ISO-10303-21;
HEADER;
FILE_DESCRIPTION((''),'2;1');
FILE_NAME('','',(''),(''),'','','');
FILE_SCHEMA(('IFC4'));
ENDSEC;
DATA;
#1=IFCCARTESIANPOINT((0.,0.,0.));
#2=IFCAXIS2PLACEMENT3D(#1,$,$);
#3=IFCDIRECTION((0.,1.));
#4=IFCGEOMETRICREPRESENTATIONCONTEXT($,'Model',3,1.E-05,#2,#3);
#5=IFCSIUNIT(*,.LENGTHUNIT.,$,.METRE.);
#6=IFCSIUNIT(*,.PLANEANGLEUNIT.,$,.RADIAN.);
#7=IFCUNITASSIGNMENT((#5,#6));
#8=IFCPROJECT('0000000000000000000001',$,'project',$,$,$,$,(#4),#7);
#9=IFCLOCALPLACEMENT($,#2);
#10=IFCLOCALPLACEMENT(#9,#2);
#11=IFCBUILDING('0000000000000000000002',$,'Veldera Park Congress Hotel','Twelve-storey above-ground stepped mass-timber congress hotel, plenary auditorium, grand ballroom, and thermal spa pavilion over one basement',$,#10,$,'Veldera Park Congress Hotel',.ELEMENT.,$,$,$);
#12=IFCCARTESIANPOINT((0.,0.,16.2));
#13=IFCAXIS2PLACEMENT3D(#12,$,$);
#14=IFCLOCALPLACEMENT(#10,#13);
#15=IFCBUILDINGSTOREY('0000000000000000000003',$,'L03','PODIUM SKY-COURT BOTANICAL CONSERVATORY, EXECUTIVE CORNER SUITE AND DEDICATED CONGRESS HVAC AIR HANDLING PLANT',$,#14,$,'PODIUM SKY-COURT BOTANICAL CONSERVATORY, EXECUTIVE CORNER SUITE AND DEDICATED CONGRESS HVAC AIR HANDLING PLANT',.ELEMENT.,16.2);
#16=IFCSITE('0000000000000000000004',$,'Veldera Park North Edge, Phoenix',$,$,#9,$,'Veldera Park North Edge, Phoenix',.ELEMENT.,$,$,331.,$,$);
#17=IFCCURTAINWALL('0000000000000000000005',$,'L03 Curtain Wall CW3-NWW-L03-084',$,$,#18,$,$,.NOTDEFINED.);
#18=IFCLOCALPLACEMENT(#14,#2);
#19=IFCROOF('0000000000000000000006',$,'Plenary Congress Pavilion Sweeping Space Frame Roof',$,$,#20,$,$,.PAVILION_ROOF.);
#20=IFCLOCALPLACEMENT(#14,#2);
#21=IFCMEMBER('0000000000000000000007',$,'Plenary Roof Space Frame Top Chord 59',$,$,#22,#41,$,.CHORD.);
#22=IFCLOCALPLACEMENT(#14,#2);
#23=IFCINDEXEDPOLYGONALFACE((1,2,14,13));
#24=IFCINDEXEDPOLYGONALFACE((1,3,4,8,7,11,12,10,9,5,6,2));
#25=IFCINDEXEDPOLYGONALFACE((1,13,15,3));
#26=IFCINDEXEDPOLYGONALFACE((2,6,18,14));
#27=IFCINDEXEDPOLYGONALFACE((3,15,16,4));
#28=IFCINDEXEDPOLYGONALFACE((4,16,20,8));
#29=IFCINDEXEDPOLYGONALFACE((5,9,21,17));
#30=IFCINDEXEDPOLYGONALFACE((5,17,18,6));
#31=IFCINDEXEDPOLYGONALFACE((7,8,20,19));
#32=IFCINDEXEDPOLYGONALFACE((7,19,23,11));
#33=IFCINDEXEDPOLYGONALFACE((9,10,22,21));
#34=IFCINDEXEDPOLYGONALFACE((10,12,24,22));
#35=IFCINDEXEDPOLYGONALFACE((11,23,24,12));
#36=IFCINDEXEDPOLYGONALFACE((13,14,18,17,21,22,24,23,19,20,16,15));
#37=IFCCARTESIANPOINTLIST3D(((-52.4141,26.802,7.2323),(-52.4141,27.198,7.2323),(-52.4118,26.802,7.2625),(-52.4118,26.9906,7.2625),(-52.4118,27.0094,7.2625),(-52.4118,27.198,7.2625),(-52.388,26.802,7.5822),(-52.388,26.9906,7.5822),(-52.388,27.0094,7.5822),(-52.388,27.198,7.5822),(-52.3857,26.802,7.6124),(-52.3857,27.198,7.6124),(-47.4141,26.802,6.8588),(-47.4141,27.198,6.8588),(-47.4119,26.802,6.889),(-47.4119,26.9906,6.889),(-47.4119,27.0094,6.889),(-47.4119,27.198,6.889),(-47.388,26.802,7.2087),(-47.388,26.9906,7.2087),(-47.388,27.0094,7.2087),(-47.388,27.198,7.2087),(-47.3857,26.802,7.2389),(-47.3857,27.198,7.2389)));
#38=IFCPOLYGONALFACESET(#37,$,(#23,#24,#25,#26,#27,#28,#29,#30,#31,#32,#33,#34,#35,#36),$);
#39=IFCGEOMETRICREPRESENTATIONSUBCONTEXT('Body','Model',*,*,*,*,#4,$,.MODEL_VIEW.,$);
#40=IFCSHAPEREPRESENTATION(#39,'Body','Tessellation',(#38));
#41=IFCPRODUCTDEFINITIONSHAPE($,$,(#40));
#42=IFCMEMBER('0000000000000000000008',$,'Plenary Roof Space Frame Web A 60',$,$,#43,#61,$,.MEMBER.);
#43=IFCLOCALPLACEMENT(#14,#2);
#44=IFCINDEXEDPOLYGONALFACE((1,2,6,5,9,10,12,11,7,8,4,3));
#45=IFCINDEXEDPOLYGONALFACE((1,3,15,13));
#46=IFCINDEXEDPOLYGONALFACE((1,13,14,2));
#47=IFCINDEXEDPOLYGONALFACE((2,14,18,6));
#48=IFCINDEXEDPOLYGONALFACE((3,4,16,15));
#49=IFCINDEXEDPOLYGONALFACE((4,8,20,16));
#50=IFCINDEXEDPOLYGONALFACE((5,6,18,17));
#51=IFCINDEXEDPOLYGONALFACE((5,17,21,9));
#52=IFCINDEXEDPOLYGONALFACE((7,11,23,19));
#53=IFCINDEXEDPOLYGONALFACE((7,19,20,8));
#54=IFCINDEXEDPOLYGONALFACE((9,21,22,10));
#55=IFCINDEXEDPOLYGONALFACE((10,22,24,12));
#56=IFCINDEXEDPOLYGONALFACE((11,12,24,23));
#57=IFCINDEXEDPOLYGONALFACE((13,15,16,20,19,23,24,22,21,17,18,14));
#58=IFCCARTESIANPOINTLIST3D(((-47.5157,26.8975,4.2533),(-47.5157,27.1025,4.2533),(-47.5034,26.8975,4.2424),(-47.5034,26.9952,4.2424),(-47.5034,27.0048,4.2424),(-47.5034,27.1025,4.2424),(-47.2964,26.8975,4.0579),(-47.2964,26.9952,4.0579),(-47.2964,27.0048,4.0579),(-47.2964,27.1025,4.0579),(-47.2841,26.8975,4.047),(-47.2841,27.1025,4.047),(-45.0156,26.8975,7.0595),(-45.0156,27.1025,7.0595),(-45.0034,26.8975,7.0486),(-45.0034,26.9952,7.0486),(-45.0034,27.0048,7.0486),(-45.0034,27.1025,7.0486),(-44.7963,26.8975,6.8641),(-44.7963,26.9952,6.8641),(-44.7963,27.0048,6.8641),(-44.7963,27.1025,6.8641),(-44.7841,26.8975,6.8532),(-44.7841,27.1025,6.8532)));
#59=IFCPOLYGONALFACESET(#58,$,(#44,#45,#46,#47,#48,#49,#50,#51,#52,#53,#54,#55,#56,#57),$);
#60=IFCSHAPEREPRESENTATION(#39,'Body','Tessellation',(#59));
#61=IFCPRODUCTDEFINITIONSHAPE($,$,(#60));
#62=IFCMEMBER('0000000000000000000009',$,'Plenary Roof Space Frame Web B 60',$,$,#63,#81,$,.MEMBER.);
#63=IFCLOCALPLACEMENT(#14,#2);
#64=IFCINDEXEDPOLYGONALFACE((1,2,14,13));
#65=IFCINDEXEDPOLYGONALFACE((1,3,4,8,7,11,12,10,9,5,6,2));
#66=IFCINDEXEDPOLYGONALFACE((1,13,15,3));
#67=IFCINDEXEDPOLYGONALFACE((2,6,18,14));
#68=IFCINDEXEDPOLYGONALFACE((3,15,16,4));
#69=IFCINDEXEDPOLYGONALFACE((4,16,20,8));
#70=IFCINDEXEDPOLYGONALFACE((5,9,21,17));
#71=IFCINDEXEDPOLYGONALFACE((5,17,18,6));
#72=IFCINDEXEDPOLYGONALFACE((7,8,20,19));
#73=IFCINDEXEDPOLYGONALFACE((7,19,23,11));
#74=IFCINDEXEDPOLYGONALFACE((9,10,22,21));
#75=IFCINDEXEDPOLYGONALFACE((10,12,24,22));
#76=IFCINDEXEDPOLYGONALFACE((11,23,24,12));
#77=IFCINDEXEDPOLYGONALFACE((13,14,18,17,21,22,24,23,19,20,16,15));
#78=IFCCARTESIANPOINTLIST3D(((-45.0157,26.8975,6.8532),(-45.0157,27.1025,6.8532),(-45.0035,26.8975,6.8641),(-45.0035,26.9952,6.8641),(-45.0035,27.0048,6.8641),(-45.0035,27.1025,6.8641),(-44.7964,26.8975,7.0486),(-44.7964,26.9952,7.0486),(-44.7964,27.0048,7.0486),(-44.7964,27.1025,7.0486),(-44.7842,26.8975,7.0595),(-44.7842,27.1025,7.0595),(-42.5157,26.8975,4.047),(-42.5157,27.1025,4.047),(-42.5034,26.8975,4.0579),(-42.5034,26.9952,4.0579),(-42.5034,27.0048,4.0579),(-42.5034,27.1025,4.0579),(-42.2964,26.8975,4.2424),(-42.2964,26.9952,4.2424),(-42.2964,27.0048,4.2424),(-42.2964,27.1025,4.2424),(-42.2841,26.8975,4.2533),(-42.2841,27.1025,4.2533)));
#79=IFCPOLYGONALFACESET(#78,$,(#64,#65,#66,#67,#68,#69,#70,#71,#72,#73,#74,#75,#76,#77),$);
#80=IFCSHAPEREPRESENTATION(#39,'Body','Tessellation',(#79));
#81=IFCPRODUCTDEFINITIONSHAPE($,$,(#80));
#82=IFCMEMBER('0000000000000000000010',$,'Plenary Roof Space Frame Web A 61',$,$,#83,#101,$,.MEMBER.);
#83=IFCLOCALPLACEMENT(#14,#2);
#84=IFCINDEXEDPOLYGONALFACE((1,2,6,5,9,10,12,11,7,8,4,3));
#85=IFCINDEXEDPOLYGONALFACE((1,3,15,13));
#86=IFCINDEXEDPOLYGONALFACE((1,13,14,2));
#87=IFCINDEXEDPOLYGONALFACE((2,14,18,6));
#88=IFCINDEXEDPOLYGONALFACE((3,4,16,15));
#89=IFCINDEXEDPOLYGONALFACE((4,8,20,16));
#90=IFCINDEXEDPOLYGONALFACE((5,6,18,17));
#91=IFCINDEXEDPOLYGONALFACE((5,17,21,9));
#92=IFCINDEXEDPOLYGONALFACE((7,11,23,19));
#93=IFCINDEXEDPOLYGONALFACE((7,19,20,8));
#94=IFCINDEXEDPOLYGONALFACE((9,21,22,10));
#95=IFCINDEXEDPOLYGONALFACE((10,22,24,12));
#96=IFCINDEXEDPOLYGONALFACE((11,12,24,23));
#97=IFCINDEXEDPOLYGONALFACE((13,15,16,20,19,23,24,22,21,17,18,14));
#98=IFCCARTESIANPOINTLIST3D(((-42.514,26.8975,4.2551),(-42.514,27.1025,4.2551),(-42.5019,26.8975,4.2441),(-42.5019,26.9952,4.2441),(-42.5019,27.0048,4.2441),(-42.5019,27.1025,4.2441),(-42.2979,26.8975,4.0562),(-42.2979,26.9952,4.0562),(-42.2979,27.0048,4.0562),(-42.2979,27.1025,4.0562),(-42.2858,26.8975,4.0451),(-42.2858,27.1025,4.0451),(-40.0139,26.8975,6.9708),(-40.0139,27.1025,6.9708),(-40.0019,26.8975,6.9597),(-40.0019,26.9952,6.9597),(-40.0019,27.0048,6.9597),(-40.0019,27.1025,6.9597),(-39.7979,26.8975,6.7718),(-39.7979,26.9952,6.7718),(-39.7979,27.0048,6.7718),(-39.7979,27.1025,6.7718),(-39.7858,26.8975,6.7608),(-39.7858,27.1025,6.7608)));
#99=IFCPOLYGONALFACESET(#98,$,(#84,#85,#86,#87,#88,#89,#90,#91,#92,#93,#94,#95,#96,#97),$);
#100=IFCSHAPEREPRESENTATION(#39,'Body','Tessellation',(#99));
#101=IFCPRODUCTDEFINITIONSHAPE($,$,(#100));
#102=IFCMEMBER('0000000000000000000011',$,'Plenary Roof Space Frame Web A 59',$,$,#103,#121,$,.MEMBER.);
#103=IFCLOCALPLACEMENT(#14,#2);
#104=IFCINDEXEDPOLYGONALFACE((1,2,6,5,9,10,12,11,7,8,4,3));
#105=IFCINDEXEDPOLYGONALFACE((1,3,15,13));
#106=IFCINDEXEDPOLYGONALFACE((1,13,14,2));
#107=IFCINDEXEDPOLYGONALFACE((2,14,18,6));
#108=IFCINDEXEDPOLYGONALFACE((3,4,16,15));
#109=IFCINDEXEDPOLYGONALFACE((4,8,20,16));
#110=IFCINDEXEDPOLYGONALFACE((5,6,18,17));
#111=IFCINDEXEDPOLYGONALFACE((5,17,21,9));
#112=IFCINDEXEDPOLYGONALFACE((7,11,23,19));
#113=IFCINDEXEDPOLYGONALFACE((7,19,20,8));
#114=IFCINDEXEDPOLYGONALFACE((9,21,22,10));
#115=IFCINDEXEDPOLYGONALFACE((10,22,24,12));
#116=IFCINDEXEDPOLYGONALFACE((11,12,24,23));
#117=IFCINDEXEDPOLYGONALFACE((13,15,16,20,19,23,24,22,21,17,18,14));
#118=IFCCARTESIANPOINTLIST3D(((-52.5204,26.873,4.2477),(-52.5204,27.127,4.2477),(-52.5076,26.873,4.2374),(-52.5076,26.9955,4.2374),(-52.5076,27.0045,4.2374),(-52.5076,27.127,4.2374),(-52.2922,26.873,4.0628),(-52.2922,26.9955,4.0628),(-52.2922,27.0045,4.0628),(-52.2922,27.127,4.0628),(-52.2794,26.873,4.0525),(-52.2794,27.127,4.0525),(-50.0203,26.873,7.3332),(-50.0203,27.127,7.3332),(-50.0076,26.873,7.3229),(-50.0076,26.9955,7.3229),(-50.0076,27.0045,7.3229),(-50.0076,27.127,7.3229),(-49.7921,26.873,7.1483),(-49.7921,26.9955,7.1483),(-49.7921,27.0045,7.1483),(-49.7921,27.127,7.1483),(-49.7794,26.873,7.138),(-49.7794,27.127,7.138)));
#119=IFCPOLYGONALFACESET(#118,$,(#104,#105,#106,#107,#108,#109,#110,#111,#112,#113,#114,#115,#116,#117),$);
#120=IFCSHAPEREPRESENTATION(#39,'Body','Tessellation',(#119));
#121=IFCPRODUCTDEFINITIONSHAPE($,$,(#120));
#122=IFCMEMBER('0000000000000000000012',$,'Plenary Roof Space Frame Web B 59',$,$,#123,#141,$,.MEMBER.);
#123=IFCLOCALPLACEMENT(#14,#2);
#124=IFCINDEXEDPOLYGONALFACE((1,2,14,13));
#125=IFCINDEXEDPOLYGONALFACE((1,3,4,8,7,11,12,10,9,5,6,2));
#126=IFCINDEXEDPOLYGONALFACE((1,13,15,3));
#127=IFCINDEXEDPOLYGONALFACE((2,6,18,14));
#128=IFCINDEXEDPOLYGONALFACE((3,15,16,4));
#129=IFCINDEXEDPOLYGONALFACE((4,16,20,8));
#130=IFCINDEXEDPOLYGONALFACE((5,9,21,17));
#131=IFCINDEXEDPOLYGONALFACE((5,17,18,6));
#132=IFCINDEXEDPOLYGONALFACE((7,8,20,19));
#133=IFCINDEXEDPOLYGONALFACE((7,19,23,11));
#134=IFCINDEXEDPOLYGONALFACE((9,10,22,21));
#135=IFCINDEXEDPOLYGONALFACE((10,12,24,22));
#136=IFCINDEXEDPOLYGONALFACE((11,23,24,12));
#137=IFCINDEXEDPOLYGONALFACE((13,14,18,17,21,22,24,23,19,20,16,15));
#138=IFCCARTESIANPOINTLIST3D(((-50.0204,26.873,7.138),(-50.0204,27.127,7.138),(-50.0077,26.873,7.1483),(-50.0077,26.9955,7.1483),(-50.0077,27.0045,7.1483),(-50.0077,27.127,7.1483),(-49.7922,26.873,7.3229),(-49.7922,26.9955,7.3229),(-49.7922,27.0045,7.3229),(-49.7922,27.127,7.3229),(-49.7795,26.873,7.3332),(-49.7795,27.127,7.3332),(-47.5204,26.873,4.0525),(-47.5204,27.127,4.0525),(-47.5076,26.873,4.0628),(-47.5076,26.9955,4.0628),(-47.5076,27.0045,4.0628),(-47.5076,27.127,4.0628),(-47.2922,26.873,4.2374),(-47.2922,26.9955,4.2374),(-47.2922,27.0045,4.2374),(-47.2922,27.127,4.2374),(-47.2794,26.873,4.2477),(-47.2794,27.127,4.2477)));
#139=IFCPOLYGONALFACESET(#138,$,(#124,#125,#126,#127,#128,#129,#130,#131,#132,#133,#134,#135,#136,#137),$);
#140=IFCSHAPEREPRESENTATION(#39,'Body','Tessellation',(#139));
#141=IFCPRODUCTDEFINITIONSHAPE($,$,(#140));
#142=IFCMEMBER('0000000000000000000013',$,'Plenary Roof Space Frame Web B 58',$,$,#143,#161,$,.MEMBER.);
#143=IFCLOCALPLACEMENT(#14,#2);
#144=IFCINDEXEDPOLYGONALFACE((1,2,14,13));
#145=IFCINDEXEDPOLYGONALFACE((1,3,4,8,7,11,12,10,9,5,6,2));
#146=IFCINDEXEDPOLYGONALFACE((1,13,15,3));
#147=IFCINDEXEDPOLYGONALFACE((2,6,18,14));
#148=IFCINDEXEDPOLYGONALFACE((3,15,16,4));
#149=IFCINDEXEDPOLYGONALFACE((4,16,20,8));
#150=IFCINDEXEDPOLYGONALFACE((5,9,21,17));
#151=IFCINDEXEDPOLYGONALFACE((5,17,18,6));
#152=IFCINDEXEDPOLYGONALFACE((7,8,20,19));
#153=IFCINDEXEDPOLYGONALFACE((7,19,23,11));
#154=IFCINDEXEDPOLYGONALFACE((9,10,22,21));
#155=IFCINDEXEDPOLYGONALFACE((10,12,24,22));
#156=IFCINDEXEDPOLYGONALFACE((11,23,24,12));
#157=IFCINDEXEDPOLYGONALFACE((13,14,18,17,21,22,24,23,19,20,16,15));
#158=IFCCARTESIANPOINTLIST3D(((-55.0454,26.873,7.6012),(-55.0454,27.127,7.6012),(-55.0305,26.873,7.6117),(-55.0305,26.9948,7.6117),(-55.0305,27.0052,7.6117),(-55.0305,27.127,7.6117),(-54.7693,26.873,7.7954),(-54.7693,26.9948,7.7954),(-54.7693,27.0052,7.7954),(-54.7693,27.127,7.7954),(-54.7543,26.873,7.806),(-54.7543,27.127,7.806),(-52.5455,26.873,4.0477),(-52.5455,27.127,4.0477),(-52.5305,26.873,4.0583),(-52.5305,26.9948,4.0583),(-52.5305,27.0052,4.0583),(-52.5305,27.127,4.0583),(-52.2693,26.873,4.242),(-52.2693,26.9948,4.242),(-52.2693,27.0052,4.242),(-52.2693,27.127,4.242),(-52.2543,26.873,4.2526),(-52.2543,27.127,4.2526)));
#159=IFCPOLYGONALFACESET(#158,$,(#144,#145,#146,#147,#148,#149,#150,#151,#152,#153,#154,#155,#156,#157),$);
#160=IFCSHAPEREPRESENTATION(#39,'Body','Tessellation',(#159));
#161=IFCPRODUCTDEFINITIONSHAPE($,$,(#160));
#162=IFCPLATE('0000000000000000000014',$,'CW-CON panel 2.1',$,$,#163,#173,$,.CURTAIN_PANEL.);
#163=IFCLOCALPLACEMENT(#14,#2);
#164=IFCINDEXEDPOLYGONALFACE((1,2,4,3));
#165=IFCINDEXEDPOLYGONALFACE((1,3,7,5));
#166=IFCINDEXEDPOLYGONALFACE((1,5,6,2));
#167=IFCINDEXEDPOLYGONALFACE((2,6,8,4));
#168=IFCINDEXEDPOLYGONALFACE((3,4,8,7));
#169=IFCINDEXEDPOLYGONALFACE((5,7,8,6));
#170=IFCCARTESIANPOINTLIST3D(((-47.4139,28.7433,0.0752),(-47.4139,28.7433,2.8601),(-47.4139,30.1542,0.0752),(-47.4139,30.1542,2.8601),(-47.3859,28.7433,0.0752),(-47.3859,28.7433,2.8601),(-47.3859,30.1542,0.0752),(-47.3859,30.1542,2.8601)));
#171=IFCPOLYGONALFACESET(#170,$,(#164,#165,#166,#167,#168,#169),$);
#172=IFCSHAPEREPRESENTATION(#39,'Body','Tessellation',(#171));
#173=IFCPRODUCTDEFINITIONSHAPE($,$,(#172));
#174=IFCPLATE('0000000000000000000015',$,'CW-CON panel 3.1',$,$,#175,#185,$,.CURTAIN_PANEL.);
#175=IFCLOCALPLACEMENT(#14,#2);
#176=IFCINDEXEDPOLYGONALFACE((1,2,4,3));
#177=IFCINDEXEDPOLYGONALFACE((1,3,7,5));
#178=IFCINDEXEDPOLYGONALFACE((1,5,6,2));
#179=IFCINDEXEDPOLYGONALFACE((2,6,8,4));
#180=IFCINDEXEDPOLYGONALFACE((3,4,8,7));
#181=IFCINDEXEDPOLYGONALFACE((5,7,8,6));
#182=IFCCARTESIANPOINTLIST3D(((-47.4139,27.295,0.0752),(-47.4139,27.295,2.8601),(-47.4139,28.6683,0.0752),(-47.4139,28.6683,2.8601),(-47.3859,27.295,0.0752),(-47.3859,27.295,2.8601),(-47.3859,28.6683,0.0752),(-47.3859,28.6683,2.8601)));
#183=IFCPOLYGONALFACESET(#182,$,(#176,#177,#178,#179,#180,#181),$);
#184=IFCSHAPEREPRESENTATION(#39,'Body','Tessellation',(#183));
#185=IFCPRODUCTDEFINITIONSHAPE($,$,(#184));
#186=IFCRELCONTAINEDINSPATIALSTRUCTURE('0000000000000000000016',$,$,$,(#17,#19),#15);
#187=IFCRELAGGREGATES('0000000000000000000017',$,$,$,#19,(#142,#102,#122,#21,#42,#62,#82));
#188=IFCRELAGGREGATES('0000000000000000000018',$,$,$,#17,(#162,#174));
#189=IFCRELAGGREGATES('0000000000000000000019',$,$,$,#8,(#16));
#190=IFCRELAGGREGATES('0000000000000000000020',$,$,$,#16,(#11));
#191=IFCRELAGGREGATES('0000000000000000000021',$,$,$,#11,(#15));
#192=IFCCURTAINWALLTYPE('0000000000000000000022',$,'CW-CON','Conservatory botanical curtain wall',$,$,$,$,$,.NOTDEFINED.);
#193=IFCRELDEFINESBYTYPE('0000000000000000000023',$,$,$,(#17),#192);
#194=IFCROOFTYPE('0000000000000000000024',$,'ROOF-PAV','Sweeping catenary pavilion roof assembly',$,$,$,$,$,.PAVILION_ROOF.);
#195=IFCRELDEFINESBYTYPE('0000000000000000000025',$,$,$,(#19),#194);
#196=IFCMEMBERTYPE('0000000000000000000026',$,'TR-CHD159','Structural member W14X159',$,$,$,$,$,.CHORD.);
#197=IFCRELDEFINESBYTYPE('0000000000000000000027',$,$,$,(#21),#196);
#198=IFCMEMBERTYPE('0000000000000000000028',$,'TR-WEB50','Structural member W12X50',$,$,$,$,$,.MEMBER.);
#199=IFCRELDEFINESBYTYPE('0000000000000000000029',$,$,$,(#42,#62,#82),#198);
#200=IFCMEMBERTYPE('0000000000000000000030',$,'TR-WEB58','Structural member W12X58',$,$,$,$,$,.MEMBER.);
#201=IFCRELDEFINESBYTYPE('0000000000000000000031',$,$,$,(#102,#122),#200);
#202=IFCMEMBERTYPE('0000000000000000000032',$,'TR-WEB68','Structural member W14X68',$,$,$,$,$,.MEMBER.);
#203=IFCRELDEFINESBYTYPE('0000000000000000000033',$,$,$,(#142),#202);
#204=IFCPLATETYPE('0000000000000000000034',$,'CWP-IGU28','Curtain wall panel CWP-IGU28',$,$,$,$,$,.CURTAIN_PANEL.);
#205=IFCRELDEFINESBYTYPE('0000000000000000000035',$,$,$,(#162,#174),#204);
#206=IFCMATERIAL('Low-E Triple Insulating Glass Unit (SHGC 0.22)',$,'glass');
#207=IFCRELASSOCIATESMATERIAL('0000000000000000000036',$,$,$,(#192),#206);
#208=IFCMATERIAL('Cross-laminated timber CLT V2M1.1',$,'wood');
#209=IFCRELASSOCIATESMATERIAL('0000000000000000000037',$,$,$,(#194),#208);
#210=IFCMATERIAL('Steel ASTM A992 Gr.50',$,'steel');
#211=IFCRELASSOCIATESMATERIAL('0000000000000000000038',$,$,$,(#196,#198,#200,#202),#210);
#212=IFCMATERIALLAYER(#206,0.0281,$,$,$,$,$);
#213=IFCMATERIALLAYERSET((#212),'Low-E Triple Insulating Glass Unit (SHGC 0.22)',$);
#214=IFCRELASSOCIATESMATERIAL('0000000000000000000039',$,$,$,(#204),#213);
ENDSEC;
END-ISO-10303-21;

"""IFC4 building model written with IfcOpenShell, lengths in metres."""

from ifc_helpers import new_model, si_unit, direction, frame, origin, origin_2d, place, context, subcontext, project, spatial, rectangle, i_section, extrude, material, layer, layer_set, material_profile, profile_set, type_object, element, aggregate, save


model = new_model("IFC4")

# Units and contexts
model_context = context("Model", 3, precision=1e-05, world=origin(), true_north=direction((0.0, 1.0)))
body_context = subcontext(model_context, "Body", "Model", "MODEL_VIEW")
ifc_project = project(units=[si_unit("LENGTHUNIT", "METRE"), si_unit("PLANEANGLEUNIT", "RADIAN")], contexts=[model_context])

# Site, building, storey
site_placement = place(None, origin())
site = spatial("IfcSite", under=ifc_project, at=site_placement, Name="Veldera Park North Edge, Phoenix", LongName="Veldera Park North Edge, Phoenix", CompositionType="ELEMENT", RefElevation=331.0)
building_placement = place(site_placement, origin())
building = spatial("IfcBuilding", under=site, at=building_placement, Name="Veldera Park Congress Hotel", Description="Twelve-storey above-ground stepped mass-timber congress hotel, plenary auditorium, grand ballroom, and thermal spa pavilion over one basement", LongName="Veldera Park Congress Hotel", CompositionType="ELEMENT")
storey_placement = place(building_placement, frame((0.0, 0.0, 16.2)))
storey = spatial("IfcBuildingStorey", under=building, at=storey_placement, Name="L03", Description="PODIUM SKY-COURT BOTANICAL CONSERVATORY, EXECUTIVE CORNER SUITE AND DEDICATED CONGRESS HVAC AIR HANDLING PLANT", LongName="PODIUM SKY-COURT BOTANICAL CONSERVATORY, EXECUTIVE CORNER SUITE AND DEDICATED CONGRESS HVAC AIR HANDLING PLANT", CompositionType="ELEMENT", Elevation=16.2)

# Curtain wall
ifc_material_1 = material(Name="Low-E Triple Insulating Glass Unit (SHGC 0.22)", Category="glass")
curtain_wall_type = type_object("IfcCurtainWallType", Name="CW-CON", Description="Conservatory botanical curtain wall", PredefinedType="NOTDEFINED", material=ifc_material_1)
curtain_wall_placement = place(storey_placement, origin())
curtain_wall = element("IfcCurtainWall", 1, at=curtain_wall_placement, inside=storey, type_object=curtain_wall_type, Name="L03 Curtain Wall CW3-NWW-L03-084", PredefinedType="NOTDEFINED")

# Roof, members
ifc_material_2 = material(Name="Cross-laminated timber CLT V2M1.1", Category="wood")
roof_type = type_object("IfcRoofType", Name="ROOF-PAV", Description="Sweeping catenary pavilion roof assembly", PredefinedType="PAVILION_ROOF", material=ifc_material_2)
roof_placement = place(storey_placement, origin())
roof = element("IfcRoof", 2, at=roof_placement, inside=storey, type_object=roof_type, Name="Plenary Congress Pavilion Sweeping Space Frame Roof", PredefinedType="PAVILION_ROOF")
ifc_material_3 = material(Name="Steel ASTM A992 Gr.50", Category="steel")
ifc_material_profile_1 = material_profile(ifc_material_3, i_section(OverallWidth=0.396, OverallDepth=0.3811, WebThickness=0.0188, FlangeThickness=0.0303, at=origin_2d()), Name="W14X159")
ifc_profile_set_1 = profile_set([ifc_material_profile_1], Name="Steel ASTM A992 Gr.50")
member_type_1 = type_object("IfcMemberType", Name="TR-CHD159", Description="Structural member W14X159", PredefinedType="CHORD", material=ifc_profile_set_1)
member_1_placement = place(storey_placement, frame((-52.3999, 27.0, 7.4224), z_axis=(0.997221, 0.0, -0.074499), x_axis=(0.0, 1.0, 0.0)))
member_1 = element("IfcMember", 3, at=member_1_placement, type_object=member_type_1, Name="Plenary Roof Space Frame Top Chord 59", PredefinedType="CHORD", context=body_context, shape_type="SweptSolid", body=[
    extrude(i_section(OverallWidth=0.396, OverallDepth=0.3811, WebThickness=0.0188, FlangeThickness=0.0303, at=origin_2d()), origin(), (0.0, 0.0, 1.0), 5.0139),
])
ifc_material_profile_2 = material_profile(ifc_material_3, i_section(OverallWidth=0.2051, OverallDepth=0.3101, WebThickness=0.0095, FlangeThickness=0.0164, at=origin_2d()), Name="W12X50")
ifc_profile_set_2 = profile_set([ifc_material_profile_2], Name="Steel ASTM A992 Gr.50")
member_type_2 = type_object("IfcMemberType", Name="TR-WEB50", Description="Structural member W12X50", PredefinedType="MEMBER", material=ifc_profile_set_2)
member_2_placement = place(storey_placement, frame((-47.3999, 27.0, 4.1501), z_axis=(0.665202, 0.0, 0.746663), x_axis=(0.0, 1.0, 0.0)))
member_2 = element("IfcMember", 4, at=member_2_placement, type_object=member_type_2, Name="Plenary Roof Space Frame Web A 60", PredefinedType="MEMBER", context=body_context, shape_type="SweptSolid", body=[
    extrude(i_section(OverallWidth=0.2051, OverallDepth=0.3101, WebThickness=0.0095, FlangeThickness=0.0164, at=origin_2d()), origin(), (0.0, 0.0, 1.0), 3.7583),
])
member_3_placement = place(storey_placement, frame((-42.3999, 27.0, 4.1501), z_axis=(-0.665202, 0.0, 0.746663), x_axis=(0.0, -1.0, 0.0)))
member_3 = element("IfcMember", 5, at=member_3_placement, type_object=member_type_2, Name="Plenary Roof Space Frame Web B 60", PredefinedType="MEMBER", context=body_context, shape_type="SweptSolid", body=[
    extrude(i_section(OverallWidth=0.2051, OverallDepth=0.3101, WebThickness=0.0095, FlangeThickness=0.0164, at=origin_2d()), origin(), (0.0, 0.0, 1.0), 3.7583),
])
member_4_placement = place(storey_placement, frame((-42.3999, 27.0, 4.1501), z_axis=(0.677302, 0.0, 0.735706), x_axis=(0.0, 1.0, 0.0)))
member_4 = element("IfcMember", 6, at=member_4_placement, type_object=member_type_2, Name="Plenary Roof Space Frame Web A 61", PredefinedType="MEMBER", context=body_context, shape_type="SweptSolid", body=[
    extrude(i_section(OverallWidth=0.2051, OverallDepth=0.3101, WebThickness=0.0095, FlangeThickness=0.0164, at=origin_2d()), origin(), (0.0, 0.0, 1.0), 3.6912),
])
ifc_material_profile_3 = material_profile(ifc_material_3, i_section(OverallWidth=0.2539, OverallDepth=0.3101, WebThickness=0.009, FlangeThickness=0.0164, at=origin_2d()), Name="W12X58")
ifc_profile_set_3 = profile_set([ifc_material_profile_3], Name="Steel ASTM A992 Gr.50")
member_type_3 = type_object("IfcMemberType", Name="TR-WEB58", Description="Structural member W12X58", PredefinedType="MEMBER", material=ifc_profile_set_3)
member_5_placement = place(storey_placement, frame((-52.3999, 27.0, 4.1501), z_axis=(0.629541, 0.0, 0.776967), x_axis=(0.0, 1.0, 0.0)))
member_5 = element("IfcMember", 7, at=member_5_placement, type_object=member_type_3, Name="Plenary Roof Space Frame Web A 59", PredefinedType="MEMBER", context=body_context, shape_type="SweptSolid", body=[
    extrude(i_section(OverallWidth=0.2539, OverallDepth=0.3101, WebThickness=0.009, FlangeThickness=0.0164, at=origin_2d()), origin(), (0.0, 0.0, 1.0), 3.9712),
])
member_6_placement = place(storey_placement, frame((-47.3999, 27.0, 4.1501), z_axis=(-0.629541, 0.0, 0.776967), x_axis=(0.0, -1.0, 0.0)))
member_6 = element("IfcMember", 8, at=member_6_placement, type_object=member_type_3, Name="Plenary Roof Space Frame Web B 59", PredefinedType="MEMBER", context=body_context, shape_type="SweptSolid", body=[
    extrude(i_section(OverallWidth=0.2539, OverallDepth=0.3101, WebThickness=0.009, FlangeThickness=0.0164, at=origin_2d()), origin(), (0.0, 0.0, 1.0), 3.9712),
])
ifc_material_profile_4 = material_profile(ifc_material_3, i_section(OverallWidth=0.2539, OverallDepth=0.356, WebThickness=0.0105, FlangeThickness=0.0183, at=origin_2d()), Name="W14X68")
ifc_profile_set_4 = profile_set([ifc_material_profile_4], Name="Steel ASTM A992 Gr.50")
member_type_4 = type_object("IfcMemberType", Name="TR-WEB68", Description="Structural member W14X68", PredefinedType="MEMBER", material=ifc_profile_set_4)
member_7_placement = place(storey_placement, frame((-52.3999, 27.0, 4.1501), z_axis=(-0.575403, 0.0, 0.81787), x_axis=(0.0, -1.0, 0.0)))
member_7 = element("IfcMember", 9, at=member_7_placement, type_object=member_type_4, Name="Plenary Roof Space Frame Web B 58", PredefinedType="MEMBER", context=body_context, shape_type="SweptSolid", body=[
    extrude(i_section(OverallWidth=0.2539, OverallDepth=0.356, WebThickness=0.0105, FlangeThickness=0.0183, at=origin_2d()), origin(), (0.0, 0.0, 1.0), 4.3447),
])
aggregate(roof, [member_7, member_5, member_6, member_1, member_2, member_3, member_4])

# Plates
ifc_layer_1 = layer(ifc_material_1, 0.0281)
ifc_layer_set_1 = layer_set([ifc_layer_1], Name="Low-E Triple Insulating Glass Unit (SHGC 0.22)")
plate_type = type_object("IfcPlateType", Name="CWP-IGU28", Description="Curtain wall panel CWP-IGU28", PredefinedType="CURTAIN_PANEL", material=ifc_layer_set_1)
plate_1_placement = place(storey_placement, frame((-47.3999, 29.4487, 0.0752), z_axis=(0.0, 0.0, 1.0), x_axis=(0.0, -1.0, 0.0)))
plate_1 = element("IfcPlate", 10, at=plate_1_placement, type_object=plate_type, Name="CW-CON panel 2.1", PredefinedType="CURTAIN_PANEL", context=body_context, shape_type="SweptSolid", body=[
    extrude(rectangle(XDim=1.4109, YDim=0.0281, at=origin_2d()), origin(), (0.0, 0.0, 1.0), 2.7849),
])
plate_2_placement = place(storey_placement, frame((-47.3999, 27.9817, 0.0752), z_axis=(0.0, 0.0, 1.0), x_axis=(0.0, -1.0, 0.0)))
plate_2 = element("IfcPlate", 11, at=plate_2_placement, type_object=plate_type, Name="CW-CON panel 3.1", PredefinedType="CURTAIN_PANEL", context=body_context, shape_type="SweptSolid", body=[
    extrude(rectangle(XDim=1.3733, YDim=0.0281, at=origin_2d()), origin(), (0.0, 0.0, 1.0), 2.7849),
])
aggregate(curtain_wall, [plate_1, plate_2])

save(model, "model.ifc")
